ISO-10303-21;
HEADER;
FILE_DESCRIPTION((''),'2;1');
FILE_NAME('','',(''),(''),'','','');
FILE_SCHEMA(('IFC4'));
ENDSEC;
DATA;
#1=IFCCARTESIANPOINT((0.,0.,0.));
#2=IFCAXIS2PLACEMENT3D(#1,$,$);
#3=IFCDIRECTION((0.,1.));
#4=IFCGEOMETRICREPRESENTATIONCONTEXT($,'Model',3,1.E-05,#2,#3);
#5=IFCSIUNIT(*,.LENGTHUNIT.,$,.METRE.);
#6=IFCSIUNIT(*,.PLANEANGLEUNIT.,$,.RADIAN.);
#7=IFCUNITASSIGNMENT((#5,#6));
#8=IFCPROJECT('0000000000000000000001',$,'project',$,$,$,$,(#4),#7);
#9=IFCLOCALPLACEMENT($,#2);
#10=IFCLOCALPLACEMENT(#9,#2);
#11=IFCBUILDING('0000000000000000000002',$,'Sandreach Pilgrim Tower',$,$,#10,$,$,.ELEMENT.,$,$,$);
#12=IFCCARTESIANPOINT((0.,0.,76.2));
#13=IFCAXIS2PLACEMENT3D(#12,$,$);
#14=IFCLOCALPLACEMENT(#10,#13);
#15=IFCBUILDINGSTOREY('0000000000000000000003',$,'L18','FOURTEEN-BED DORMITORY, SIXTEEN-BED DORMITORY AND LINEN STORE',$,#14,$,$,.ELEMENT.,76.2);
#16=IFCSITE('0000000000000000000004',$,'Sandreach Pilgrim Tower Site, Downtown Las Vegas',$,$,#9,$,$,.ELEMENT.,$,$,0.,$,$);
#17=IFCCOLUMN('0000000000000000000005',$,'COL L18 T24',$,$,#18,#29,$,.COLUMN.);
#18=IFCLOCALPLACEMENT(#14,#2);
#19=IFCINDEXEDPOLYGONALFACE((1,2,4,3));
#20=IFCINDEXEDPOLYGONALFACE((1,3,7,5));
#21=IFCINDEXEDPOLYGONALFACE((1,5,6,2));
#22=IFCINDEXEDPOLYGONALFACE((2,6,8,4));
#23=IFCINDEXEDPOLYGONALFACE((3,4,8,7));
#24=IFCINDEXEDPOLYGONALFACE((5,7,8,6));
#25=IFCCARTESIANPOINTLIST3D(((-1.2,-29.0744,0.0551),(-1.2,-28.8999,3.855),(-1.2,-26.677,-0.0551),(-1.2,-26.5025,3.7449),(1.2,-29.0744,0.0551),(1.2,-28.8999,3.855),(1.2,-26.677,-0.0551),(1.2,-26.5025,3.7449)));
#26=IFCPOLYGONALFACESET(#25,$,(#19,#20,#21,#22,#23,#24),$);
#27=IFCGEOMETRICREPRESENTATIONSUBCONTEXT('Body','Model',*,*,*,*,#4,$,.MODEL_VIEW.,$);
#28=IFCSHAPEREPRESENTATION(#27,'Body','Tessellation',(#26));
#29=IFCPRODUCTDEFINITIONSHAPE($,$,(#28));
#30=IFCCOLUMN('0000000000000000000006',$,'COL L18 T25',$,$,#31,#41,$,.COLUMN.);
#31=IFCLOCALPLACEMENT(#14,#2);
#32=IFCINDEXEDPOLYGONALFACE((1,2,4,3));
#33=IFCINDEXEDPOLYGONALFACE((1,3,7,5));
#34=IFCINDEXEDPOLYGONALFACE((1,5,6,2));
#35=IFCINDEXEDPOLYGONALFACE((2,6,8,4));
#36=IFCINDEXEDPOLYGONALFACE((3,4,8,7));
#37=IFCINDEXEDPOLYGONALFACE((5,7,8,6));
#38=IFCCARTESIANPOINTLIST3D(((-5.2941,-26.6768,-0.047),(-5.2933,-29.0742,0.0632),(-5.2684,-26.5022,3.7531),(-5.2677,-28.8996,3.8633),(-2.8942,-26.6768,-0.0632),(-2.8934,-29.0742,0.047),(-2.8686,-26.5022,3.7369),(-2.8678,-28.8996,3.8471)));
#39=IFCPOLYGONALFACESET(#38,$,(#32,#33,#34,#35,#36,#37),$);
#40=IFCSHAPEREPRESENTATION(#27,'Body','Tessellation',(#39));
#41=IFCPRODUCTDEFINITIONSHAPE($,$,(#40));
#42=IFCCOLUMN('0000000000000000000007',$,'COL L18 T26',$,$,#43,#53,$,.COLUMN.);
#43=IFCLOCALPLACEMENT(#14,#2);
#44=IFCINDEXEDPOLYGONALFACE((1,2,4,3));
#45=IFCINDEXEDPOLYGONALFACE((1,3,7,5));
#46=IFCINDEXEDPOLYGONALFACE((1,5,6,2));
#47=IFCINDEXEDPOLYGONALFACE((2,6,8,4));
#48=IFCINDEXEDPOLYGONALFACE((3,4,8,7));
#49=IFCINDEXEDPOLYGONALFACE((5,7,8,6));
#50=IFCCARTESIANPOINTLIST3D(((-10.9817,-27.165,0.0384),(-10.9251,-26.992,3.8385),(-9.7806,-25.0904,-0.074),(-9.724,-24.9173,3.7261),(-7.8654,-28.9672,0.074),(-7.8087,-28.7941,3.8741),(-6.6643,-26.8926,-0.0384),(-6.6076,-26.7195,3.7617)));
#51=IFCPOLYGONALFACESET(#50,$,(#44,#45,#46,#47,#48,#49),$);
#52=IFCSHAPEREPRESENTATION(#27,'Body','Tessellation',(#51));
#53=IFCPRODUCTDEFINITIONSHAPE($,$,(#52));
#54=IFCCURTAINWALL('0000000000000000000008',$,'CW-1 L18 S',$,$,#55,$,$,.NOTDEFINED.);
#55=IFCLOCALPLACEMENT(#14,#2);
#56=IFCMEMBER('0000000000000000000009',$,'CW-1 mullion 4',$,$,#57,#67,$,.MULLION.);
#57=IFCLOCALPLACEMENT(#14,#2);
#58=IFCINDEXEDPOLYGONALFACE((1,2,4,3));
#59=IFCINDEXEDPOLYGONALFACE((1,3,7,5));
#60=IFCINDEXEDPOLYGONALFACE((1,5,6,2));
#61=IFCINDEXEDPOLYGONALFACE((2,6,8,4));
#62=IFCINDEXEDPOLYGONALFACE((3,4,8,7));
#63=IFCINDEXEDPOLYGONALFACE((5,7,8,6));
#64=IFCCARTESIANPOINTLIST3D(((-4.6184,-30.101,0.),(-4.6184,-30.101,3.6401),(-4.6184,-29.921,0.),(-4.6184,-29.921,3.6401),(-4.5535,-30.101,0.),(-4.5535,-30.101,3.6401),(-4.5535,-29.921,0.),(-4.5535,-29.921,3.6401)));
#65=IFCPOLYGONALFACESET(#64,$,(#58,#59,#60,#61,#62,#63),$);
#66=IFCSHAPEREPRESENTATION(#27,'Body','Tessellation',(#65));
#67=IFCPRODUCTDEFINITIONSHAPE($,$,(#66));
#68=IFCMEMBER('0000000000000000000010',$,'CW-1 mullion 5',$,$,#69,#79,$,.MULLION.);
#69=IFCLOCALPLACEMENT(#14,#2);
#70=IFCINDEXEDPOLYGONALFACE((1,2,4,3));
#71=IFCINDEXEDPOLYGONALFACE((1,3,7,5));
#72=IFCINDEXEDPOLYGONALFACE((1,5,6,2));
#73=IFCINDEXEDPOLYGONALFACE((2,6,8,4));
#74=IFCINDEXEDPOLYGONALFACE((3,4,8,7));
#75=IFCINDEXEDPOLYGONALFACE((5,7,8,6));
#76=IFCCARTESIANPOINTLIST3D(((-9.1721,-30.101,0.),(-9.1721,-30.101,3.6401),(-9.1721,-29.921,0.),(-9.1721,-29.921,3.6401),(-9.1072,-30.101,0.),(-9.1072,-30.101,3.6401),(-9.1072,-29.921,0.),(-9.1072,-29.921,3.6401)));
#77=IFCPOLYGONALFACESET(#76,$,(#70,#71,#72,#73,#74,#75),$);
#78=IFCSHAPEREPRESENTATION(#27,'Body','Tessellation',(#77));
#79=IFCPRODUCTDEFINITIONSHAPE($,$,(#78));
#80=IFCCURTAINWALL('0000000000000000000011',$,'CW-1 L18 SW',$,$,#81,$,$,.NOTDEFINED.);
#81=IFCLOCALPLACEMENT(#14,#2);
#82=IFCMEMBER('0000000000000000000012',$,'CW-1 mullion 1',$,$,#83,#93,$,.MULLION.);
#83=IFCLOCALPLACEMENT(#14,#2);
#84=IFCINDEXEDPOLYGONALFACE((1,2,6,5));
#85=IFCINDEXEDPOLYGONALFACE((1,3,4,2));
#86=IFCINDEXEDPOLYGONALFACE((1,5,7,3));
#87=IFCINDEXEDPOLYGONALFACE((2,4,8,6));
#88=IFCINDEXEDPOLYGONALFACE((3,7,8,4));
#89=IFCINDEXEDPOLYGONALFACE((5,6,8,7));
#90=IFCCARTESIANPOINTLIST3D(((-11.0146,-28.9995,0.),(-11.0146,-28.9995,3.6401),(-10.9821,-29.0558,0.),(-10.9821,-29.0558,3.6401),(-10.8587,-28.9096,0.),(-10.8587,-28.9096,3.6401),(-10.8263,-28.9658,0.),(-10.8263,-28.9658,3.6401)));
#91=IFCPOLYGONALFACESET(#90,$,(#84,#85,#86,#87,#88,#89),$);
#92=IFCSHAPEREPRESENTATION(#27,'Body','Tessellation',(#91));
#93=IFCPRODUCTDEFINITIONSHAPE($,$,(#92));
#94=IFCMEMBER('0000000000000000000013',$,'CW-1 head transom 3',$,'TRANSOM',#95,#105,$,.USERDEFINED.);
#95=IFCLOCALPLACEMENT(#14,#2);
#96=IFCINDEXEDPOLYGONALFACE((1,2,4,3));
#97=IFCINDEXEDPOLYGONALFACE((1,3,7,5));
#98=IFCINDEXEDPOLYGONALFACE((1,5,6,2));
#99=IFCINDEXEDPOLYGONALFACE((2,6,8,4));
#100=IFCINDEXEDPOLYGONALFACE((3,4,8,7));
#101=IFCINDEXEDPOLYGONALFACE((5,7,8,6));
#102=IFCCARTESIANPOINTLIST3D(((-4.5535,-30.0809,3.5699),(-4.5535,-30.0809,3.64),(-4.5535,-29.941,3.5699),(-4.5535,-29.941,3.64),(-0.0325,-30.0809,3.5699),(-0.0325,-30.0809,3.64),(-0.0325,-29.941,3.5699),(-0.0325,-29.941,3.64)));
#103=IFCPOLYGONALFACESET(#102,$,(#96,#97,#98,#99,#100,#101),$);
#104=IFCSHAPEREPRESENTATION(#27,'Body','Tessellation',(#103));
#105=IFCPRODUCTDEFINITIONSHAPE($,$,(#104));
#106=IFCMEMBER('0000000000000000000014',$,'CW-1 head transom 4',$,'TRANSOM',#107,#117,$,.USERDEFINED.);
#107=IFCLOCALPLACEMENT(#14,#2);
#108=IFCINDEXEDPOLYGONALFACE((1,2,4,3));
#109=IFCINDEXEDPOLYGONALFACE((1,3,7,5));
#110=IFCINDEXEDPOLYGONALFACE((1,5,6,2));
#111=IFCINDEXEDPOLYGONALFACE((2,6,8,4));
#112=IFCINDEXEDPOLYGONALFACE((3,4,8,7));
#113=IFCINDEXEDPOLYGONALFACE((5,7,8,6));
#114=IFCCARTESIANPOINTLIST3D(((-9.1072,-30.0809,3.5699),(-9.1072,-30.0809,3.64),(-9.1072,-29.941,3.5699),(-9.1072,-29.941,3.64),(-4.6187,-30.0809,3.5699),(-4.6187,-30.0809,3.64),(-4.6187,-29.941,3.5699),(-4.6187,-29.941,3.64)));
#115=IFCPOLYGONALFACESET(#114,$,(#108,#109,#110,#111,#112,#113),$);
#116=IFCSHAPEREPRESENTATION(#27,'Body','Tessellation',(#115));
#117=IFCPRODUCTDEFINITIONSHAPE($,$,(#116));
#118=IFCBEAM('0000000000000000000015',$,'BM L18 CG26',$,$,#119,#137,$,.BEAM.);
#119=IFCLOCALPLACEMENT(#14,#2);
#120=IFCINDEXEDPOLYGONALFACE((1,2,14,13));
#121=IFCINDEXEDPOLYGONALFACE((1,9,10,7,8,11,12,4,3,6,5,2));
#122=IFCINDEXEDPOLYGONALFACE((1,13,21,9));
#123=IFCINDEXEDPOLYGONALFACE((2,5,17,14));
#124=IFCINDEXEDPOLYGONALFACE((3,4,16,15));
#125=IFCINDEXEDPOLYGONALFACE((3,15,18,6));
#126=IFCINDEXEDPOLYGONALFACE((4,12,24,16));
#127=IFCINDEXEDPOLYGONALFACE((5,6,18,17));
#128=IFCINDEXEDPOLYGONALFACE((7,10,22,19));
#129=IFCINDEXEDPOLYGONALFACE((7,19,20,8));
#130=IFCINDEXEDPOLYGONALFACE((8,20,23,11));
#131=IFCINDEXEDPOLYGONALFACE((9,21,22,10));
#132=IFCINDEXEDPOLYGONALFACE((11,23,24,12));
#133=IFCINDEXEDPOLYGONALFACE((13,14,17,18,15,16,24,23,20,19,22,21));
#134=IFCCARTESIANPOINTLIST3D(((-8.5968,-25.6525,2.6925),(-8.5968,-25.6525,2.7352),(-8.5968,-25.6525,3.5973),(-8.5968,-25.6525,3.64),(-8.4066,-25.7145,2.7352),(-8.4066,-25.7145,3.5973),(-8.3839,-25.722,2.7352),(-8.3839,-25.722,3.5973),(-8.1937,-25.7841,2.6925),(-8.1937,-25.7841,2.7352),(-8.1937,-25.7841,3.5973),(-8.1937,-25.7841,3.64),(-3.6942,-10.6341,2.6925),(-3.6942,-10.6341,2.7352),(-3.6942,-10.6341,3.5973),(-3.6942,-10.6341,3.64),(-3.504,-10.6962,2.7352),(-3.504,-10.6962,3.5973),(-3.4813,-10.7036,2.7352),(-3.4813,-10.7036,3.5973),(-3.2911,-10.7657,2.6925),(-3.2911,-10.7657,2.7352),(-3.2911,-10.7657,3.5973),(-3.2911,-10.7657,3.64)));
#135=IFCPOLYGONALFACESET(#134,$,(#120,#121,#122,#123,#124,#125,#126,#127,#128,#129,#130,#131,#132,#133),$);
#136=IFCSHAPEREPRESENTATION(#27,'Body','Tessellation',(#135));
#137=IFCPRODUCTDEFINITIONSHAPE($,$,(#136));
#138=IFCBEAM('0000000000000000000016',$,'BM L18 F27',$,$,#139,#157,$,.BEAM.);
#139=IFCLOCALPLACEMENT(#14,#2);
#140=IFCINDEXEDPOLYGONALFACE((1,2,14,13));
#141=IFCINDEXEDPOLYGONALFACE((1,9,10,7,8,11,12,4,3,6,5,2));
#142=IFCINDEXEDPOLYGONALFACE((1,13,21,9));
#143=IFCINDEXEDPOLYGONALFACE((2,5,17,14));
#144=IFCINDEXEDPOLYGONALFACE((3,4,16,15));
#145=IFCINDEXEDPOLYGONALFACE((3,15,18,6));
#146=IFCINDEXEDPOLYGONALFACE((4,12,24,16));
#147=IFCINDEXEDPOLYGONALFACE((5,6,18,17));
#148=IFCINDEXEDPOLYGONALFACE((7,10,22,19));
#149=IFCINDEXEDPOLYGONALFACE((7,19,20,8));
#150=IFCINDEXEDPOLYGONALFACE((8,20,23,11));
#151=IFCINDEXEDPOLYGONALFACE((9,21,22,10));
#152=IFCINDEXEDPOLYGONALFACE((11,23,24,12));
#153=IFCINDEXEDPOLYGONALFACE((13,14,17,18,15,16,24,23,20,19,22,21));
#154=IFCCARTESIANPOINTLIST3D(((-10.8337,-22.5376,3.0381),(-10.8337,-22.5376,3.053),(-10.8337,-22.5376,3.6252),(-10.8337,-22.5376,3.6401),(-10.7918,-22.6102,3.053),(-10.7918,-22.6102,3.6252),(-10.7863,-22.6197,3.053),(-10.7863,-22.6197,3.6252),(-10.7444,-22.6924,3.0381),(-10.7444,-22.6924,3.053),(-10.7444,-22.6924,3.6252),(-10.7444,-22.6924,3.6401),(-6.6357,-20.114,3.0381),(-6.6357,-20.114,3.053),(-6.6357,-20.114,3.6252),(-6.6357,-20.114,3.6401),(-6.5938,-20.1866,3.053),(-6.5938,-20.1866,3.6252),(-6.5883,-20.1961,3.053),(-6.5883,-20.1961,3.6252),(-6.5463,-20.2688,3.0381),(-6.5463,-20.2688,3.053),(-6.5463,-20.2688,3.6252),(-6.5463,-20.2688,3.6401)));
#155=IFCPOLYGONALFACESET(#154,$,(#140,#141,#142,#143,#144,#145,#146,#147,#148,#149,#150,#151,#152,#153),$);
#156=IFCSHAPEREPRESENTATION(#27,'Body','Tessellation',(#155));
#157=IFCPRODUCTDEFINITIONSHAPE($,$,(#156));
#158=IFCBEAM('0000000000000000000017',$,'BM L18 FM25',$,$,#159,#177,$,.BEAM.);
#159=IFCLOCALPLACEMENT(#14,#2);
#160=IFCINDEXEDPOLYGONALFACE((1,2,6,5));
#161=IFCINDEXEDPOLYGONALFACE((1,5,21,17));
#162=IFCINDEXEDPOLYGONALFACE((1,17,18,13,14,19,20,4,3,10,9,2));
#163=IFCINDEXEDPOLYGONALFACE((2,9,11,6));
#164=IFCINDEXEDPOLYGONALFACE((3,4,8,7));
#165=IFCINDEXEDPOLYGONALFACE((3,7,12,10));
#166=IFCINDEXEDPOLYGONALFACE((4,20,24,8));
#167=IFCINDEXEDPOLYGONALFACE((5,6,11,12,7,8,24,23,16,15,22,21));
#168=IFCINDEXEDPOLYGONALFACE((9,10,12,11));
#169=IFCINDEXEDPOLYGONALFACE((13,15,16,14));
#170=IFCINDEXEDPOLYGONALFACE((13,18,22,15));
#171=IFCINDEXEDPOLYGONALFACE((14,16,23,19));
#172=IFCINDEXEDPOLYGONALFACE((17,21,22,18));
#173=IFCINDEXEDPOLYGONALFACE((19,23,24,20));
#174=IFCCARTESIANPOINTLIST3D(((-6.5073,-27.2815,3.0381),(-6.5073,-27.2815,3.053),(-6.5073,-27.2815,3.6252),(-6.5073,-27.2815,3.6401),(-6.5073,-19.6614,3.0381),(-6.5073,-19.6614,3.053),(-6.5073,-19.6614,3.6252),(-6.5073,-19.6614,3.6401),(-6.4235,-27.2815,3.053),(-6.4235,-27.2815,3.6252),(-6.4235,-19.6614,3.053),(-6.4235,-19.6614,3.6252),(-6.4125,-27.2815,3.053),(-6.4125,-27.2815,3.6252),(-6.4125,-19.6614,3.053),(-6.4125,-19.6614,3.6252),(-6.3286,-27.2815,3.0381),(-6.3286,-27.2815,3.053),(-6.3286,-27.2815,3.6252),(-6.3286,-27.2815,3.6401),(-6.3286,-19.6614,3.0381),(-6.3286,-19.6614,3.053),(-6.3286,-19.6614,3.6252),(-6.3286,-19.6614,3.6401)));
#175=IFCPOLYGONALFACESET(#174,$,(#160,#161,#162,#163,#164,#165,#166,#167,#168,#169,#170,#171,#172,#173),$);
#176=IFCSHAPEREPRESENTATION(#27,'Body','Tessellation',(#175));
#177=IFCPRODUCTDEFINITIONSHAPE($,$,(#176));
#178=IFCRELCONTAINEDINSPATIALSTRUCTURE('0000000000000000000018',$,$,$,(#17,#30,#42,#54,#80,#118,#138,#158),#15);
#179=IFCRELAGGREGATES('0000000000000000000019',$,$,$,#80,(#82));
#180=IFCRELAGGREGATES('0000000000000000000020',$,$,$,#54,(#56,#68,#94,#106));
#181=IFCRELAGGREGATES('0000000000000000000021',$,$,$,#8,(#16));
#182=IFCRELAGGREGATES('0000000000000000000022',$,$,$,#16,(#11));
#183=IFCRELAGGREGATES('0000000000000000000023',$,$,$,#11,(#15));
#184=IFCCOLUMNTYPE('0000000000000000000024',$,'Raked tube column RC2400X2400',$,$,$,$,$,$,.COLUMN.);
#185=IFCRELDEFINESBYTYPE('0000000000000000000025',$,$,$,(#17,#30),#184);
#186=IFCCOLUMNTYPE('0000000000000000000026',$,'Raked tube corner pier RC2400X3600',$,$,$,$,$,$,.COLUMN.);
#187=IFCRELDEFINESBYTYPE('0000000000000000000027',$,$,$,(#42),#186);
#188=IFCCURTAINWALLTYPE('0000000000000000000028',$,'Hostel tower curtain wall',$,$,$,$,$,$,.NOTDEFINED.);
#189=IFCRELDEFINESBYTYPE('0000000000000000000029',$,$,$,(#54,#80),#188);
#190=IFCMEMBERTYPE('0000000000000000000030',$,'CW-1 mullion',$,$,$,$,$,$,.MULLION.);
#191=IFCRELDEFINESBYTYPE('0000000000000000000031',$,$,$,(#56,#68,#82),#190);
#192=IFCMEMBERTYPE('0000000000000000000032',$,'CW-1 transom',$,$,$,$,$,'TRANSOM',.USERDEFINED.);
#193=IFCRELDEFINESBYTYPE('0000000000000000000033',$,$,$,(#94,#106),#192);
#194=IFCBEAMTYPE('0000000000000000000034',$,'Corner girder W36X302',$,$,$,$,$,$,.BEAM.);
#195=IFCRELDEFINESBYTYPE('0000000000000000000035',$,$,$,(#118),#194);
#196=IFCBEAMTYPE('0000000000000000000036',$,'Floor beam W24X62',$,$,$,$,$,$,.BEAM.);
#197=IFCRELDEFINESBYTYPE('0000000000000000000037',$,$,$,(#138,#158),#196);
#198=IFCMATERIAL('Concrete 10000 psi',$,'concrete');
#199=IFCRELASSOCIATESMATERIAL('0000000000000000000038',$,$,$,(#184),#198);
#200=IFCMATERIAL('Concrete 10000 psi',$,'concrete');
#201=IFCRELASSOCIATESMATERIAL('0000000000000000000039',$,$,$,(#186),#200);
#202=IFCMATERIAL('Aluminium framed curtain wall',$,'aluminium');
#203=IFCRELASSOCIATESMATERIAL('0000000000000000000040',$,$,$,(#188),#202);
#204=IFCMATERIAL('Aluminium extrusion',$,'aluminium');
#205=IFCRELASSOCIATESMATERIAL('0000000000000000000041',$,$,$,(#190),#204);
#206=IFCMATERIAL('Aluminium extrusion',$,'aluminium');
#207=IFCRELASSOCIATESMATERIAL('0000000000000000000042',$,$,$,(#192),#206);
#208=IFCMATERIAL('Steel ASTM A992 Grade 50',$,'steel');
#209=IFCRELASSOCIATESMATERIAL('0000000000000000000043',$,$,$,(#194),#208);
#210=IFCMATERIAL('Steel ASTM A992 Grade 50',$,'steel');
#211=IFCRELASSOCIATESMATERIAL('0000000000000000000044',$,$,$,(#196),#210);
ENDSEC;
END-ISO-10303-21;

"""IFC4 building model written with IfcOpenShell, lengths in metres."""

from ifc_helpers import new_model, si_unit, direction, frame, origin, origin_2d, place, context, subcontext, project, spatial, rectangle, i_section, extrude, material, material_profile, profile_set, type_object, element, aggregate, save


model = new_model("IFC4")

# Units and contexts
model_context = context("Model", 3, precision=1e-05, world=origin(), true_north=direction((0.0, 1.0)))
body_context = subcontext(model_context, "Body", "Model", "MODEL_VIEW")
ifc_project = project(units=[si_unit("LENGTHUNIT", "METRE"), si_unit("PLANEANGLEUNIT", "RADIAN")], contexts=[model_context])

# Site, building, storey
site_placement = place(None, origin())
site = spatial("IfcSite", under=ifc_project, at=site_placement, Name="Sandreach Pilgrim Tower Site, Downtown Las Vegas", CompositionType="ELEMENT", RefElevation=0.0)
building_placement = place(site_placement, origin())
building = spatial("IfcBuilding", under=site, at=building_placement, Name="Sandreach Pilgrim Tower", CompositionType="ELEMENT")
storey_placement = place(building_placement, frame((0.0, 0.0, 76.2)))
storey = spatial("IfcBuildingStorey", under=building, at=storey_placement, Name="L18", Description="FOURTEEN-BED DORMITORY, SIXTEEN-BED DORMITORY AND LINEN STORE", CompositionType="ELEMENT", Elevation=76.2)

# Columns
ifc_material_1 = material(Name="Concrete 10000 psi", Category="concrete")
ifc_material_profile_1 = material_profile(ifc_material_1, rectangle(XDim=2.3999, YDim=2.3999, at=origin_2d()), Name="RC2400X2400")
ifc_profile_set_1 = profile_set([ifc_material_profile_1], Name="Concrete 10000 psi")
column_type_1 = type_object("IfcColumnType", Name="Raked tube column RC2400X2400", PredefinedType="COLUMN", material=ifc_profile_set_1)
column_1_placement = place(storey_placement, frame((0.0, -27.8757, 0.0), z_axis=(0.0, 0.045888, 0.998947), x_axis=(0.0, -0.998947, 0.045888)))
element("IfcColumn", 1, at=column_1_placement, inside=storey, type_object=column_type_1, Name="COL L18 T24", PredefinedType="COLUMN", context=body_context, shape_type="SweptSolid", body=[
    extrude(rectangle(XDim=2.3999, YDim=2.3999, at=origin_2d()), origin(), (0.0, 0.0, 1.0), 3.804),
])
column_2_placement = place(storey_placement, frame((-4.0938, -27.8755, 0.0), z_axis=(0.006739, 0.045887, 0.998924), x_axis=(0.000315, -0.998947, 0.045886)))
element("IfcColumn", 2, at=column_2_placement, inside=storey, type_object=column_type_1, Name="COL L18 T25", PredefinedType="COLUMN", context=body_context, shape_type="SweptSolid", body=[
    extrude(rectangle(XDim=2.3999, YDim=2.3999, at=origin_2d()), origin(), (0.0, 0.0, 1.0), 3.8042),
])
ifc_material_2 = material(Name="Concrete 10000 psi", Category="concrete")
ifc_material_profile_2 = material_profile(ifc_material_2, rectangle(XDim=2.3999, YDim=3.6001, at=origin_2d()), Name="RC2400X3600")
ifc_profile_set_2 = profile_set([ifc_material_profile_2], Name="Concrete 10000 psi")
column_type_2 = type_object("IfcColumnType", Name="Raked tube corner pier RC2400X3600", PredefinedType="COLUMN", material=ifc_profile_set_2)
column_3_placement = place(storey_placement, frame((-8.823, -27.0288, 0.0), z_axis=(0.014888, 0.045499, 0.998853), x_axis=(-0.500473, -0.864484, 0.046838)))
element("IfcColumn", 3, at=column_3_placement, inside=storey, type_object=column_type_2, Name="COL L18 T26", PredefinedType="COLUMN", context=body_context, shape_type="SweptSolid", body=[
    extrude(rectangle(XDim=2.3999, YDim=3.6001, at=origin_2d()), origin(), (0.0, 0.0, 1.0), 3.8044),
])

# Curtain wall, members
ifc_material_3 = material(Name="Aluminium framed curtain wall", Category="aluminium")
curtain_wall_type = type_object("IfcCurtainWallType", Name="Hostel tower curtain wall", PredefinedType="NOTDEFINED", material=ifc_material_3)
curtain_wall_1_placement = place(storey_placement, origin())
curtain_wall_1 = element("IfcCurtainWall", 4, at=curtain_wall_1_placement, inside=storey, type_object=curtain_wall_type, Name="CW-1 L18 S", PredefinedType="NOTDEFINED")
ifc_material_4 = material(Name="Aluminium extrusion", Category="aluminium")
ifc_material_profile_3 = material_profile(ifc_material_4, rectangle(XDim=0.0649, YDim=0.1799, at=origin_2d()), Name="CW-1M 65X180")
ifc_profile_set_3 = profile_set([ifc_material_profile_3], Name="Aluminium extrusion")
member_type_1 = type_object("IfcMemberType", Name="CW-1 mullion", PredefinedType="MULLION", material=ifc_profile_set_3)
member_1_placement = place(storey_placement, frame((-4.5859, -30.011, 0.0), z_axis=(0.0, 0.0, 1.0), x_axis=(-1.0, 0.0, 0.0)))
member_1 = element("IfcMember", 5, at=member_1_placement, type_object=member_type_1, Name="CW-1 mullion 4", PredefinedType="MULLION", context=body_context, shape_type="SweptSolid", body=[
    extrude(rectangle(XDim=0.0649, YDim=0.1799, at=origin_2d()), origin(), (0.0, 0.0, 1.0), 3.6401),
])
member_2_placement = place(storey_placement, frame((-9.1396, -30.011, 0.0), z_axis=(0.0, 0.0, 1.0), x_axis=(-1.0, 0.0, 0.0)))
member_2 = element("IfcMember", 6, at=member_2_placement, type_object=member_type_1, Name="CW-1 mullion 5", PredefinedType="MULLION", context=body_context, shape_type="SweptSolid", body=[
    extrude(rectangle(XDim=0.0649, YDim=0.1799, at=origin_2d()), origin(), (0.0, 0.0, 1.0), 3.6401),
])

# Curtain wall, member
curtain_wall_2_placement = place(storey_placement, origin())
curtain_wall_2 = element("IfcCurtainWall", 7, at=curtain_wall_2_placement, inside=storey, type_object=curtain_wall_type, Name="CW-1 L18 SW", PredefinedType="NOTDEFINED")
member_3_placement = place(storey_placement, frame((-10.9204, -28.9827, 0.0), z_axis=(0.0, 0.0, 1.0), x_axis=(-0.5, 0.866025, 0.0)))
member_3 = element("IfcMember", 8, at=member_3_placement, type_object=member_type_1, Name="CW-1 mullion 1", PredefinedType="MULLION", context=body_context, shape_type="SweptSolid", body=[
    extrude(rectangle(XDim=0.0649, YDim=0.1799, at=origin_2d()), origin(), (0.0, 0.0, 1.0), 3.6401),
])
aggregate(curtain_wall_2, [member_3])

# Members
ifc_material_5 = material(Name="Aluminium extrusion", Category="aluminium")
ifc_material_profile_4 = material_profile(ifc_material_5, rectangle(XDim=0.1399, YDim=0.0701, at=origin_2d()), Name="CW-1T 140X70")
ifc_profile_set_4 = profile_set([ifc_material_profile_4], Name="Aluminium extrusion")
member_type_2 = type_object("IfcMemberType", Name="CW-1 transom", ElementType="TRANSOM", PredefinedType="USERDEFINED", material=ifc_profile_set_4)
member_4_placement = place(storey_placement, frame((-0.0325, -30.011, 3.605), z_axis=(-1.0, 0.0, 0.0), x_axis=(0.0, -1.0, 0.0)))
member_4 = element("IfcMember", 9, at=member_4_placement, type_object=member_type_2, Name="CW-1 head transom 3", ObjectType="TRANSOM", PredefinedType="USERDEFINED", context=body_context, shape_type="SweptSolid", body=[
    extrude(rectangle(XDim=0.1399, YDim=0.0701, at=origin_2d()), origin(), (0.0, 0.0, 1.0), 4.521),
])
member_5_placement = place(storey_placement, frame((-4.6187, -30.011, 3.605), z_axis=(-1.0, 0.0, 0.0), x_axis=(0.0, -1.0, 0.0)))
member_5 = element("IfcMember", 10, at=member_5_placement, type_object=member_type_2, Name="CW-1 head transom 4", ObjectType="TRANSOM", PredefinedType="USERDEFINED", context=body_context, shape_type="SweptSolid", body=[
    extrude(rectangle(XDim=0.1399, YDim=0.0701, at=origin_2d()), origin(), (0.0, 0.0, 1.0), 4.4885),
])

# Beams
ifc_material_6 = material(Name="Steel ASTM A992 Grade 50", Category="steel")
ifc_material_profile_5 = material_profile(ifc_material_6, i_section(OverallWidth=0.4241, OverallDepth=0.9475, WebThickness=0.0239, FlangeThickness=0.0427, at=origin_2d()), Name="W36X302")
ifc_profile_set_5 = profile_set([ifc_material_profile_5], Name="Steel ASTM A992 Grade 50")
beam_type_1 = type_object("IfcBeamType", Name="Corner girder W36X302", PredefinedType="BEAM", material=ifc_profile_set_5)
beam_1_placement = place(storey_placement, frame((-8.3953, -25.7183, 3.1663), z_axis=(0.310325, 0.950631, 0.0), x_axis=(-0.950631, 0.310325, 0.0)))
element("IfcBeam", 11, at=beam_1_placement, inside=storey, type_object=beam_type_1, Name="BM L18 CG26", PredefinedType="BEAM", context=body_context, shape_type="SweptSolid", body=[
    extrude(i_section(OverallWidth=0.4241, OverallDepth=0.9475, WebThickness=0.0239, FlangeThickness=0.0427, at=origin_2d()), origin(), (0.0, 0.0, 1.0), 15.7983),
])
ifc_material_7 = material(Name="Steel ASTM A992 Grade 50", Category="steel")
ifc_material_profile_6 = material_profile(ifc_material_7, i_section(OverallWidth=0.1787, OverallDepth=0.6021, WebThickness=0.011, FlangeThickness=0.0149, at=origin_2d()), Name="W24X62")
ifc_profile_set_6 = profile_set([ifc_material_profile_6], Name="Steel ASTM A992 Grade 50")
beam_type_2 = type_object("IfcBeamType", Name="Floor beam W24X62", PredefinedType="BEAM", material=ifc_profile_set_6)
beam_2_placement = place(storey_placement, frame((-10.7891, -22.615, 3.3391), z_axis=(0.866037, 0.49998, 0.0), x_axis=(-0.49998, 0.866037, 0.0)))
element("IfcBeam", 12, at=beam_2_placement, inside=storey, type_object=beam_type_2, Name="BM L18 F27", PredefinedType="BEAM", context=body_context, shape_type="SweptSolid", body=[
    extrude(i_section(OverallWidth=0.1787, OverallDepth=0.6021, WebThickness=0.011, FlangeThickness=0.0149, at=origin_2d()), origin(), (0.0, 0.0, 1.0), 4.8474),
])
beam_3_placement = place(storey_placement, frame((-6.418, -27.2815, 3.3391), z_axis=(0.0, 1.0, 0.0), x_axis=(-1.0, 0.0, 0.0)))
element("IfcBeam", 13, at=beam_3_placement, inside=storey, type_object=beam_type_2, Name="BM L18 FM25", PredefinedType="BEAM", context=body_context, shape_type="SweptSolid", body=[
    extrude(i_section(OverallWidth=0.1787, OverallDepth=0.6021, WebThickness=0.011, FlangeThickness=0.0149, at=origin_2d()), origin(), (0.0, 0.0, 1.0), 7.6201),
])

aggregate(curtain_wall_1, [member_1, member_2, member_4, member_5])

save(model, "model.ifc")
